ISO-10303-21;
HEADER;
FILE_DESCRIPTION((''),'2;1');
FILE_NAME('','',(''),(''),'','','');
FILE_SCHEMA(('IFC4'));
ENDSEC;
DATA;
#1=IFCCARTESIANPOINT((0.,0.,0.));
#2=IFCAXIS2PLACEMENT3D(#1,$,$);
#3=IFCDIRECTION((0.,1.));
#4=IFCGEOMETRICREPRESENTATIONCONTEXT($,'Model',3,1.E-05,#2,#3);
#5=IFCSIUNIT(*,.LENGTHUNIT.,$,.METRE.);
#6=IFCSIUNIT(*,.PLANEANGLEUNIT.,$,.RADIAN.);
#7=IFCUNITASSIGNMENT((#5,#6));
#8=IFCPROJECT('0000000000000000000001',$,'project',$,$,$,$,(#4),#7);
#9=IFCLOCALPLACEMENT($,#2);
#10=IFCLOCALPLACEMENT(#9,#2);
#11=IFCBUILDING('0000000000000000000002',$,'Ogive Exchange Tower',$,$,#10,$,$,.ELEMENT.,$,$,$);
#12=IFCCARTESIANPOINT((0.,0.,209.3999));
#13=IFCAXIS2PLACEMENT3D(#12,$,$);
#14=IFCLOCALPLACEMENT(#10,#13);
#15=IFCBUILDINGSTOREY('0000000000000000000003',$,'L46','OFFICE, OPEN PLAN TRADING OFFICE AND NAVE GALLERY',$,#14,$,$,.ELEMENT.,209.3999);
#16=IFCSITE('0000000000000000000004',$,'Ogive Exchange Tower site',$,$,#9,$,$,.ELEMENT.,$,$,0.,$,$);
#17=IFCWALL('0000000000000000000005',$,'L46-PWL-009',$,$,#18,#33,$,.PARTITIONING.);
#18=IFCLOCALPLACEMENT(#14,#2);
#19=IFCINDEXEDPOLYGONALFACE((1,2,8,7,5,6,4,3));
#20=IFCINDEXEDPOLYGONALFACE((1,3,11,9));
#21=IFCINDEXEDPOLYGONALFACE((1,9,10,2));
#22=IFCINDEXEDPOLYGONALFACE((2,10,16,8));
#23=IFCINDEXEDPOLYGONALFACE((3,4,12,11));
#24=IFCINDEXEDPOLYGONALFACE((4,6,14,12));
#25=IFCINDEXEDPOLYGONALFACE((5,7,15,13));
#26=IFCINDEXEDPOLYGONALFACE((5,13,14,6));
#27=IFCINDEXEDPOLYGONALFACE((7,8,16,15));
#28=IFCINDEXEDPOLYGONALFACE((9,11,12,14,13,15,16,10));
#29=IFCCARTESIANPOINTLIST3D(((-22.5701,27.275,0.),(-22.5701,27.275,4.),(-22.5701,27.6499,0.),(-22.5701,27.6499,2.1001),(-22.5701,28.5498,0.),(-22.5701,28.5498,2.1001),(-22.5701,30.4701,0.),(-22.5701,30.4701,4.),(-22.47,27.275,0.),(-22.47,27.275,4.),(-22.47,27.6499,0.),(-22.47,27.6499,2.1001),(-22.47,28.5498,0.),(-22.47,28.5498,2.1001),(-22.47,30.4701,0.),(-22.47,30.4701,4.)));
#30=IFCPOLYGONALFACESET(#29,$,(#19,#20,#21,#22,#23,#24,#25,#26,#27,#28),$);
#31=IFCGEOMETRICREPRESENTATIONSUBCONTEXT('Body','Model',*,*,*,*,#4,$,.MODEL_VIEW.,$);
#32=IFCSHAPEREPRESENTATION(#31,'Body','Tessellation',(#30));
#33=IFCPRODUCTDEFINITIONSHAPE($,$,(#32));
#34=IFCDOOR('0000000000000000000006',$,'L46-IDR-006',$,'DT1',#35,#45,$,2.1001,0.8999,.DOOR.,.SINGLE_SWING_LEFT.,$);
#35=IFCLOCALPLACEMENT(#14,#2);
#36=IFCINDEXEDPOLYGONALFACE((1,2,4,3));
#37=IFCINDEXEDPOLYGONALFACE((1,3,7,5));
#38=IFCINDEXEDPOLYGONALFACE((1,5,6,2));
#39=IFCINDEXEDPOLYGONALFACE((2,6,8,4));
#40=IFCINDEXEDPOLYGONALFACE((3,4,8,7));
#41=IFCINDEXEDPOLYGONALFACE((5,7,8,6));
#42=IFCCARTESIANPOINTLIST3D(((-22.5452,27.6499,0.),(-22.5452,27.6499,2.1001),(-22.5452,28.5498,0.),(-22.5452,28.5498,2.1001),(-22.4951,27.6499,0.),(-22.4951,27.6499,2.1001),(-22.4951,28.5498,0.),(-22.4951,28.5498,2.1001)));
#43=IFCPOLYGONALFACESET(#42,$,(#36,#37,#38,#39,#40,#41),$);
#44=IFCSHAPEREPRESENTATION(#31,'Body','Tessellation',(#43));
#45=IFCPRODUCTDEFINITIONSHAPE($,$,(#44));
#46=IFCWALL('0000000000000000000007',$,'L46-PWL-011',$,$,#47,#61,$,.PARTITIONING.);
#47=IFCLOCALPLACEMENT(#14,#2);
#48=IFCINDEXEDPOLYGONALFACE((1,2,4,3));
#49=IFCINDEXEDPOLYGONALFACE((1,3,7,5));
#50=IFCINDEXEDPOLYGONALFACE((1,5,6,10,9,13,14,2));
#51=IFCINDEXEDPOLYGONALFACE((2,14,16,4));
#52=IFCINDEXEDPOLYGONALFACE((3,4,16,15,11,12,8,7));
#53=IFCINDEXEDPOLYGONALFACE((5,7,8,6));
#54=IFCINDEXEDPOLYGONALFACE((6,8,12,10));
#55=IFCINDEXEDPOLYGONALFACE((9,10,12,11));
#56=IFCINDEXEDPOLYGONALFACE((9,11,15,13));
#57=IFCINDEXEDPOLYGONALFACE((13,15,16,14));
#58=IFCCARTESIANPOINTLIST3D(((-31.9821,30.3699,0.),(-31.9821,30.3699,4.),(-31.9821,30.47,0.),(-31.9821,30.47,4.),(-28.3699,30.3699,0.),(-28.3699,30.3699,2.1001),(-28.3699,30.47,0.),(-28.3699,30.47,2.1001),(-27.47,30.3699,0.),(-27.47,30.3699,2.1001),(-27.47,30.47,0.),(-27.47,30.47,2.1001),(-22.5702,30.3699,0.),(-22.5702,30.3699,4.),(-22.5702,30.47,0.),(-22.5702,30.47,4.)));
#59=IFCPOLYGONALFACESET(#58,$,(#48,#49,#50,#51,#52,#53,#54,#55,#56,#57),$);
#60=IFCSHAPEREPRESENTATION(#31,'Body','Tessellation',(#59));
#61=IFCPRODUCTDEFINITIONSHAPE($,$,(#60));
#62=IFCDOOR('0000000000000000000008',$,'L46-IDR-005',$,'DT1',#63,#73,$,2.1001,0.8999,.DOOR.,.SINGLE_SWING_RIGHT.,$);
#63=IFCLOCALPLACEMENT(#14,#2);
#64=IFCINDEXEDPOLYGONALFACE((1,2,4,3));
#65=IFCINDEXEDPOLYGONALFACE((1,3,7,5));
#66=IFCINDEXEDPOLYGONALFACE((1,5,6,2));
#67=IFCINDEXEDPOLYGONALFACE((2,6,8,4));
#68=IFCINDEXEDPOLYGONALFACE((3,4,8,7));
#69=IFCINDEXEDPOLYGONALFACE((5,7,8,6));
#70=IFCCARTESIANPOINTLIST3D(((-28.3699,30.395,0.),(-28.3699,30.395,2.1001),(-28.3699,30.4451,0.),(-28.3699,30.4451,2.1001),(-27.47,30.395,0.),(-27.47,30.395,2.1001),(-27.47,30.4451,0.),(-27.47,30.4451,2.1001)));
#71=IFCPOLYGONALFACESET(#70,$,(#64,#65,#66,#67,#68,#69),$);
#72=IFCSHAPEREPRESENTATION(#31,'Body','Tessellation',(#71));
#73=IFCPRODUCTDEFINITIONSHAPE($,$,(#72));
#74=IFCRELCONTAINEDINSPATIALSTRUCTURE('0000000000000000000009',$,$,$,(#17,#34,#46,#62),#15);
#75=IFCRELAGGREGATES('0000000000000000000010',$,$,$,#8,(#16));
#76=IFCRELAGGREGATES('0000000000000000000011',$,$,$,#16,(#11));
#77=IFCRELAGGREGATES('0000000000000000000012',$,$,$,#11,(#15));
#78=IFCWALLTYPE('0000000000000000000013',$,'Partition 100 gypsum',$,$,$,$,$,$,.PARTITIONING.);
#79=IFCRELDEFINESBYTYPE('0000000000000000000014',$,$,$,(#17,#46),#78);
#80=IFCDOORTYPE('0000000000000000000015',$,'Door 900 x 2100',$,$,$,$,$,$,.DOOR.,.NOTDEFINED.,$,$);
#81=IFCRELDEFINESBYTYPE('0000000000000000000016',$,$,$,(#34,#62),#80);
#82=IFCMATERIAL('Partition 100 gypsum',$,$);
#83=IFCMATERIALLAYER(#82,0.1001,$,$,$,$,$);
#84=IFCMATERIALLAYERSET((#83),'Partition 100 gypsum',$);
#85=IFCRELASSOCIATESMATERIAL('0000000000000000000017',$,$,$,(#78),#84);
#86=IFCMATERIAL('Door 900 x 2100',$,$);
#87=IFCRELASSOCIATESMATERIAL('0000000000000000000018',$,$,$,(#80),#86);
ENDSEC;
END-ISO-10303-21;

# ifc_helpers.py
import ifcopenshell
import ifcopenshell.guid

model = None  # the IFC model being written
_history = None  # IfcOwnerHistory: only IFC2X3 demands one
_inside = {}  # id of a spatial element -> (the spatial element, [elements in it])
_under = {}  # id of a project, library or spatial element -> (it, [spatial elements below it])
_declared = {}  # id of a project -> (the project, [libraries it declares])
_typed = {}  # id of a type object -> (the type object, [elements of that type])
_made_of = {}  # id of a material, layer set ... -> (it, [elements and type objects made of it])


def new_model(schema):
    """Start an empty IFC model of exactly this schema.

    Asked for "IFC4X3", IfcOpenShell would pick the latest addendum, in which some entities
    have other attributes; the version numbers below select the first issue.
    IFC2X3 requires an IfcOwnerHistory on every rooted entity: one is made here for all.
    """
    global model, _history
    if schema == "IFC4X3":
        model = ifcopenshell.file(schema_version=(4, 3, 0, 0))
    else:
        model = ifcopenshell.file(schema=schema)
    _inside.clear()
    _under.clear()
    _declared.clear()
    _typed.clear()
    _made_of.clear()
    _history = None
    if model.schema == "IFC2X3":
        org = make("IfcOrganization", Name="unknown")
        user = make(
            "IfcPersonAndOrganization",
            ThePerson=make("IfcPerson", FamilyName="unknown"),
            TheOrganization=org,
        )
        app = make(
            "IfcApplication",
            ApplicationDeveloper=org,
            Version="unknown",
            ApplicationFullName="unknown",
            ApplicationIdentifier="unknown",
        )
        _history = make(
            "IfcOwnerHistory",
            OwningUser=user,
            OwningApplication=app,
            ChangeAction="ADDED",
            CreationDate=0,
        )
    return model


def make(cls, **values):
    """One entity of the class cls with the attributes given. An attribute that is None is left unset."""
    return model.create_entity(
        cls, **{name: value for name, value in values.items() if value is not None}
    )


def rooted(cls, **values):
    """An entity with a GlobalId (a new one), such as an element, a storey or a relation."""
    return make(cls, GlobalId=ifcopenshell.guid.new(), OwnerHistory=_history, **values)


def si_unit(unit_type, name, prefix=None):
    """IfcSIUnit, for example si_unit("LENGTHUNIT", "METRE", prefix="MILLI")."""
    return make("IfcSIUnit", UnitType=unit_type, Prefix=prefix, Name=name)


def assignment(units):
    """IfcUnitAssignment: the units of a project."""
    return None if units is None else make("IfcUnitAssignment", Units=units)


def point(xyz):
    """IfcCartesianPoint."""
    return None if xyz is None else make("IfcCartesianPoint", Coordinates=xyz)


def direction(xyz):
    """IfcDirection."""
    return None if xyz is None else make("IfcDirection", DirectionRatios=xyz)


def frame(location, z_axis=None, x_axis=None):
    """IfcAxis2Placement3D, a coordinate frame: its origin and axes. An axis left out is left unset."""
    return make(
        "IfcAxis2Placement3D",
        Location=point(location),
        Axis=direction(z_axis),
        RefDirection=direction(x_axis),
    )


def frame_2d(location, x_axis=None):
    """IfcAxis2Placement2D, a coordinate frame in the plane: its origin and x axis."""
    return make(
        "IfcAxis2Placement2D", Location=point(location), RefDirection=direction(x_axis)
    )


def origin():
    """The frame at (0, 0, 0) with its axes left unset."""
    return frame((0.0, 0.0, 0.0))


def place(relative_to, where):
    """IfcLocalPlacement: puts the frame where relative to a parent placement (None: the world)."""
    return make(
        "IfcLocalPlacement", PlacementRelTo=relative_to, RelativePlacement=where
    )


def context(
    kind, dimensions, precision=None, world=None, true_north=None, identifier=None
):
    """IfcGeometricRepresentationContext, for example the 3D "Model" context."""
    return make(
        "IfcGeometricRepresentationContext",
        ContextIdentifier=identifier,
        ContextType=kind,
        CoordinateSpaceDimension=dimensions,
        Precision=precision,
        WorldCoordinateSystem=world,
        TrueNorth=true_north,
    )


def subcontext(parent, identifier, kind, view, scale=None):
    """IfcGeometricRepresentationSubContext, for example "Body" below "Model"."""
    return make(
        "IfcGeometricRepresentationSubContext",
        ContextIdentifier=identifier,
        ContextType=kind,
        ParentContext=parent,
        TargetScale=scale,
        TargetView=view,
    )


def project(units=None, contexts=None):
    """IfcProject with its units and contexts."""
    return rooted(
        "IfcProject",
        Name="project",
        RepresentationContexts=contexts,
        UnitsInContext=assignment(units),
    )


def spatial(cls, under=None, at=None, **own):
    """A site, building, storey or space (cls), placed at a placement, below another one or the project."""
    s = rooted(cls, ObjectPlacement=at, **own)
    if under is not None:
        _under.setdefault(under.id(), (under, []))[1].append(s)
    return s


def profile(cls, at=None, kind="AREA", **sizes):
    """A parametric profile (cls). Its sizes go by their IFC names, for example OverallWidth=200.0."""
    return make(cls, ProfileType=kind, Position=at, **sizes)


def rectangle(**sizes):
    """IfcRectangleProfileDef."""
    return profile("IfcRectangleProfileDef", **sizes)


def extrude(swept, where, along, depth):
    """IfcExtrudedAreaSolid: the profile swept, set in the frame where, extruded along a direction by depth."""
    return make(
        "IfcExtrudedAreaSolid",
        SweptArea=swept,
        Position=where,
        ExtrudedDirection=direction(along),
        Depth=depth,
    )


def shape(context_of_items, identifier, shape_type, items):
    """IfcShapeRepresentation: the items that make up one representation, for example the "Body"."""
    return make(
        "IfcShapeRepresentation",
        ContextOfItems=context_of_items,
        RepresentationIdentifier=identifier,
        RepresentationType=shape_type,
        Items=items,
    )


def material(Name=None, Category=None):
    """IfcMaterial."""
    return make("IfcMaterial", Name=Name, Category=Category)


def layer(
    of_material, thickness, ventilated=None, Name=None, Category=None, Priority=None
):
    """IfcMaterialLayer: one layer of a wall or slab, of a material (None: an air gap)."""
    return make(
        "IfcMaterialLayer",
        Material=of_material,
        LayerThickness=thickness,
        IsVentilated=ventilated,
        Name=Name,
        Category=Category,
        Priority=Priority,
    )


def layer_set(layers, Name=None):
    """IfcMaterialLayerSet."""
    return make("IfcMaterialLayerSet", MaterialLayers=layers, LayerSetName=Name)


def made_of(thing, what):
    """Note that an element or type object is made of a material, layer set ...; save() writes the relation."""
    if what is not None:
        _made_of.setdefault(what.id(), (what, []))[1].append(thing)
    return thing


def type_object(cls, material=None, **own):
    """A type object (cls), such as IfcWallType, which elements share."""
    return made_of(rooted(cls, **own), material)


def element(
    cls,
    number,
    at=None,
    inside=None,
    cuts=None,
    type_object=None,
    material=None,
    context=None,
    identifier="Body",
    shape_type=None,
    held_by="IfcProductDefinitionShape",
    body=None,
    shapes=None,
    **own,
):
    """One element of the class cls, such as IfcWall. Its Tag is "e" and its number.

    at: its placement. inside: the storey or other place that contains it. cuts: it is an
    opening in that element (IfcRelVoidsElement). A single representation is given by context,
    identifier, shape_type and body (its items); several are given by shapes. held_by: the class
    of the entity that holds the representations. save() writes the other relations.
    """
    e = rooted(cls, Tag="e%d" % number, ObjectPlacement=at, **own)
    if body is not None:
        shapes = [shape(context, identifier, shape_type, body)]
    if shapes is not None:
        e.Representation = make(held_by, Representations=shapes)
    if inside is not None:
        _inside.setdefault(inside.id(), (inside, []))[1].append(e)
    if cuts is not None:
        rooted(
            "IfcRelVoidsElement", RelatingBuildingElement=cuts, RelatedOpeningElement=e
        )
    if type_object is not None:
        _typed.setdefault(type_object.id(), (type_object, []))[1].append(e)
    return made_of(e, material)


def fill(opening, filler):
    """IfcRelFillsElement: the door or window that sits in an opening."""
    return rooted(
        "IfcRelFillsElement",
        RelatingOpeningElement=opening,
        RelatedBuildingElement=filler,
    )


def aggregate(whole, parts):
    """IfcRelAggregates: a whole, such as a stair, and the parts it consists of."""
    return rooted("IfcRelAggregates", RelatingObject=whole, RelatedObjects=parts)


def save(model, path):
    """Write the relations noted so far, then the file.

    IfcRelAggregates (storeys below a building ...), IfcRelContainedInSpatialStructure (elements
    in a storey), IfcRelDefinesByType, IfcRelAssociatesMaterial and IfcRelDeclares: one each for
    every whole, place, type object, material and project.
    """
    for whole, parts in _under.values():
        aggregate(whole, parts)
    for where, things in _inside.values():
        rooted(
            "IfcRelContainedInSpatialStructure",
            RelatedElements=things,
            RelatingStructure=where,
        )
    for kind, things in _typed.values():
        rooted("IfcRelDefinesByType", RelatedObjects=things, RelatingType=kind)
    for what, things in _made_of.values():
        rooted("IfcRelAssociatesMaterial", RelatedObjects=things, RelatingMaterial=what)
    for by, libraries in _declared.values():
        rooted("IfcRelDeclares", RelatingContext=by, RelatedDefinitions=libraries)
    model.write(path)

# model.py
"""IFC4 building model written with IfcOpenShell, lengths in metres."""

from ifc_helpers import new_model, si_unit, direction, frame, frame_2d, origin, place, context, subcontext, project, spatial, rectangle, extrude, material, layer, layer_set, type_object, element, fill, save


model = new_model("IFC4")

# Units and contexts
model_context = context("Model", 3, precision=1e-05, world=origin(), true_north=direction((0.0, 1.0)))
body_context = subcontext(model_context, "Body", "Model", "MODEL_VIEW")
ifc_project = project(units=[si_unit("LENGTHUNIT", "METRE"), si_unit("PLANEANGLEUNIT", "RADIAN")], contexts=[model_context])

# Site, building, storey
site_placement = place(None, origin())
site = spatial("IfcSite", under=ifc_project, at=site_placement, Name="Ogive Exchange Tower site", CompositionType="ELEMENT", RefElevation=0.0)
building_placement = place(site_placement, origin())
building = spatial("IfcBuilding", under=site, at=building_placement, Name="Ogive Exchange Tower", CompositionType="ELEMENT")
storey_placement = place(building_placement, frame((0.0, 0.0, 209.3999)))
storey = spatial("IfcBuildingStorey", under=building, at=storey_placement, Name="L46", Description="OFFICE, OPEN PLAN TRADING OFFICE AND NAVE GALLERY", CompositionType="ELEMENT", Elevation=209.3999)

# Walls, openings, doors
ifc_material_1 = material(Name="Partition 100 gypsum")
ifc_layer_1 = layer(ifc_material_1, 0.1001)
ifc_layer_set_1 = layer_set([ifc_layer_1], Name="Partition 100 gypsum")
wall_type_1 = type_object("IfcWallType", Name="Partition 100 gypsum", PredefinedType="PARTITIONING", material=ifc_layer_set_1)
wall_1_placement = place(storey_placement, frame((-22.52, 27.2749, 0.0), z_axis=(0.0, 0.0, 1.0), x_axis=(0.0, 1.0, 0.0)))
wall_1 = element("IfcWall", 1, at=wall_1_placement, inside=storey, type_object=wall_type_1, Name="L46-PWL-009", PredefinedType="PARTITIONING", context=body_context, shape_type="SweptSolid", body=[
    extrude(rectangle(XDim=3.1951, YDim=0.1001, at=frame_2d((1.5977, 0.0))), origin(), (0.0, 0.0, 1.0), 4.0),
])
opening_1_placement = place(wall_1_placement, frame((0.375, 0.0, 0.0)))
opening_1 = element("IfcOpeningElement", 2, at=opening_1_placement, cuts=wall_1, PredefinedType="OPENING", context=body_context, shape_type="SweptSolid", body=[
    extrude(rectangle(XDim=0.8999, YDim=2.1001, at=frame_2d((0.45, 1.05))), frame((0.0, 0.0601, 0.0), z_axis=(0.0, -1.0, 0.0), x_axis=(1.0, 0.0, 0.0)), (0.0, 0.0, 1.0), 0.1201),
])
ifc_material_2 = material(Name="Door 900 x 2100")
door_type_1 = type_object("IfcDoorType", Name="Door 900 x 2100", OperationType="NOTDEFINED", PredefinedType="DOOR", material=ifc_material_2)
door_1_placement = place(opening_1_placement, frame((0.8999, 0.0, 0.0), z_axis=(0.0, 0.0, 1.0), x_axis=(-1.0, 0.0, 0.0)))
door_1 = element("IfcDoor", 3, at=door_1_placement, inside=storey, type_object=door_type_1, Name="L46-IDR-006", ObjectType="DT1", OperationType="SINGLE_SWING_LEFT", OverallHeight=2.1001, OverallWidth=0.8999, PredefinedType="DOOR", context=body_context, shape_type="SweptSolid", body=[
    extrude(rectangle(XDim=0.8999, YDim=2.1001, at=frame_2d((0.45, 1.05))), frame((0.0, 0.0249, 0.0), z_axis=(0.0, -1.0, 0.0), x_axis=(1.0, 0.0, 0.0)), (0.0, 0.0, 1.0), 0.05),
])
fill(opening_1, door_1)
wall_2_placement = place(storey_placement, frame((-22.5701, 30.4199, 0.0), z_axis=(0.0, 0.0, 1.0), x_axis=(-1.0, 0.0, 0.0)))
wall_2 = element("IfcWall", 4, at=wall_2_placement, inside=storey, type_object=wall_type_1, Name="L46-PWL-011", PredefinedType="PARTITIONING", context=body_context, shape_type="SweptSolid", body=[
    extrude(rectangle(XDim=9.4119, YDim=0.1001, at=frame_2d((4.7061, 0.0))), origin(), (0.0, 0.0, 1.0), 4.0),
])
opening_2_placement = place(wall_2_placement, frame((4.8999, 0.0, 0.0)))
opening_2 = element("IfcOpeningElement", 5, at=opening_2_placement, cuts=wall_2, PredefinedType="OPENING", context=body_context, shape_type="SweptSolid", body=[
    extrude(rectangle(XDim=0.8999, YDim=2.1001, at=frame_2d((0.45, 1.05))), frame((0.0, 0.0601, 0.0), z_axis=(0.0, -1.0, 0.0), x_axis=(1.0, 0.0, 0.0)), (0.0, 0.0, 1.0), 0.1201),
])
door_2_placement = place(opening_2_placement, origin())
door_2 = element("IfcDoor", 6, at=door_2_placement, inside=storey, type_object=door_type_1, Name="L46-IDR-005", ObjectType="DT1", OperationType="SINGLE_SWING_RIGHT", OverallHeight=2.1001, OverallWidth=0.8999, PredefinedType="DOOR", context=body_context, shape_type="SweptSolid", body=[
    extrude(rectangle(XDim=0.8999, YDim=2.1001, at=frame_2d((0.45, 1.05))), frame((0.0, 0.0249, 0.0), z_axis=(0.0, -1.0, 0.0), x_axis=(1.0, 0.0, 0.0)), (0.0, 0.0, 1.0), 0.05),
])
fill(opening_2, door_2)

save(model, "model.ifc")
